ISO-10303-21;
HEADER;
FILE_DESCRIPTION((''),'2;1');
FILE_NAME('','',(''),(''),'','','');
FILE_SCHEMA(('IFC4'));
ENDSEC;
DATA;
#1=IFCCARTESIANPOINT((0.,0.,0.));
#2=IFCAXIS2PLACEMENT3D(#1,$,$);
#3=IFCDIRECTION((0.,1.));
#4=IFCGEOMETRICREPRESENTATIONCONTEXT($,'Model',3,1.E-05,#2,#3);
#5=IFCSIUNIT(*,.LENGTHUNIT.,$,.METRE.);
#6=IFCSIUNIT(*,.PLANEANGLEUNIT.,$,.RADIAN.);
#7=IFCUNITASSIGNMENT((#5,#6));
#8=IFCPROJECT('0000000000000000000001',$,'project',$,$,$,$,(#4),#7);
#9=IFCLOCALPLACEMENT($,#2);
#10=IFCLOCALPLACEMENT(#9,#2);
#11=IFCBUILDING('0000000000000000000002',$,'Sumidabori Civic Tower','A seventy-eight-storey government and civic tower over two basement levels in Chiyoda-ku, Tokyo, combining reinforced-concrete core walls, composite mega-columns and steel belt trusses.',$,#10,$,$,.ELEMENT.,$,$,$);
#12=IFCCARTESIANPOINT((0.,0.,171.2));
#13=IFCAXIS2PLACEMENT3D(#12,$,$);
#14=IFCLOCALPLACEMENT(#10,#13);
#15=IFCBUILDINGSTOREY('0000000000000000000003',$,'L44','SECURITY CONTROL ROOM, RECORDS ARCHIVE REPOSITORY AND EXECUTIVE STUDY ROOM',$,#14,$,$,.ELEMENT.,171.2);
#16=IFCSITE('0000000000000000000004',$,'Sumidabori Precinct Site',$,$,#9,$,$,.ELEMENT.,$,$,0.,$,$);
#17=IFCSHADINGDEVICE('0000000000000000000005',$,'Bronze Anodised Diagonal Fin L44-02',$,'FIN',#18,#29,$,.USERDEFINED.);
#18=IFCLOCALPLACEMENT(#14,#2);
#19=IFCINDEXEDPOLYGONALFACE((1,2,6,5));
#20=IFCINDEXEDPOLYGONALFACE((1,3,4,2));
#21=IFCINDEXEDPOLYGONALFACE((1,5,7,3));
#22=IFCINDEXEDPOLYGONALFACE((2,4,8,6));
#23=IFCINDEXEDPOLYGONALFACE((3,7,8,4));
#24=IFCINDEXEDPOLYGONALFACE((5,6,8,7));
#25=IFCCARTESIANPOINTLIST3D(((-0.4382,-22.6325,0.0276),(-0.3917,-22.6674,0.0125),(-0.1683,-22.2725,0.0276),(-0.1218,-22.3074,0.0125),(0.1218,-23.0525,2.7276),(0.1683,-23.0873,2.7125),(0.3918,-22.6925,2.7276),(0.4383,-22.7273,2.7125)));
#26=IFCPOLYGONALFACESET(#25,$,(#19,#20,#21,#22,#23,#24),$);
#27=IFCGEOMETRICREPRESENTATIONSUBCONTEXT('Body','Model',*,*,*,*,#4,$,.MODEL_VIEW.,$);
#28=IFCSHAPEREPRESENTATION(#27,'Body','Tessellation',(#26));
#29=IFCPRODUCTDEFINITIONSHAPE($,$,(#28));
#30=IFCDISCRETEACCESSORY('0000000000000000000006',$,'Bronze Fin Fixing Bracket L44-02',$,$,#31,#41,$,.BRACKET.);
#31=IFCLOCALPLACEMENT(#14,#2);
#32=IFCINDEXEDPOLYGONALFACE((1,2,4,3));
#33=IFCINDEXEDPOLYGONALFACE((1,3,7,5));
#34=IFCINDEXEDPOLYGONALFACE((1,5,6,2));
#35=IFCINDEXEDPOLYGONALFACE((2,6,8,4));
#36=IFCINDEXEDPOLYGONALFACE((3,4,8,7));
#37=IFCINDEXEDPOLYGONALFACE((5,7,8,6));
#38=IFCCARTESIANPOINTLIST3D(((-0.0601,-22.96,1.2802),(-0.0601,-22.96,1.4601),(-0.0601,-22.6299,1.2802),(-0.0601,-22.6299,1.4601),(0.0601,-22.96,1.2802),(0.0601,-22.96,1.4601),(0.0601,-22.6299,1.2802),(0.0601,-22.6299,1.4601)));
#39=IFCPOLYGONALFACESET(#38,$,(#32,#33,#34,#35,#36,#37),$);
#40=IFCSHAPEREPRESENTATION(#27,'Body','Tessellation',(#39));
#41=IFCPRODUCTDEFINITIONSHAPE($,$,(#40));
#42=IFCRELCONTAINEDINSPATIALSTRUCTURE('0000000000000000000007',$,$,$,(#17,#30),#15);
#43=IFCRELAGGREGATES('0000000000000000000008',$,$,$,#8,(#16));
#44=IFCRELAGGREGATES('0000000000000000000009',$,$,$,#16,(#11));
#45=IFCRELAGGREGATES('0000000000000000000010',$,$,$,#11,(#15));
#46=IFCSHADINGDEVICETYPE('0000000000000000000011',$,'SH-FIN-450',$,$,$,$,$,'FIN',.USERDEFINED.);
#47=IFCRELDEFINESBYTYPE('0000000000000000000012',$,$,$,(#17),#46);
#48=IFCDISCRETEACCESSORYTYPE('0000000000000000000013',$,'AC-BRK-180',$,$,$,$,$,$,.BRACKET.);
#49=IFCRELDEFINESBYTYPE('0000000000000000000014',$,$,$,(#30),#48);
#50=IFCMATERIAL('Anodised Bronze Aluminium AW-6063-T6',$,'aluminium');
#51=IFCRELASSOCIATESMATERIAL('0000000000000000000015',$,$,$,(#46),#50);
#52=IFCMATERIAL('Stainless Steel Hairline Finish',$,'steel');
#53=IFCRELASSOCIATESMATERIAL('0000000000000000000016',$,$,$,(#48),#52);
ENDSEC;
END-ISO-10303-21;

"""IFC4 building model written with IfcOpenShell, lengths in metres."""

from ifc_helpers import new_model, si_unit, direction, frame, origin, origin_2d, place, context, subcontext, project, spatial, rectangle, extrude, source, transform, mapped, material, material_profile, profile_set, type_object, element, save


model = new_model("IFC4")

# Units and contexts
model_context = context("Model", 3, precision=1e-05, world=origin(), true_north=direction((0.0, 1.0)))
body_context = subcontext(model_context, "Body", "Model", "MODEL_VIEW")
ifc_project = project(units=[si_unit("LENGTHUNIT", "METRE"), si_unit("PLANEANGLEUNIT", "RADIAN")], contexts=[model_context])

# Site, building, storey
site_placement = place(None, origin())
site = spatial("IfcSite", under=ifc_project, at=site_placement, Name="Sumidabori Precinct Site", CompositionType="ELEMENT", RefElevation=0.0)
building_placement = place(site_placement, origin())
building = spatial("IfcBuilding", under=site, at=building_placement, Name="Sumidabori Civic Tower", Description="A seventy-eight-storey government and civic tower over two basement levels in Chiyoda-ku, Tokyo, combining reinforced-concrete core walls, composite mega-columns and steel belt trusses.", CompositionType="ELEMENT")
storey_placement = place(building_placement, frame((0.0, 0.0, 171.2)))
storey = spatial("IfcBuildingStorey", under=building, at=storey_placement, Name="L44", Description="SECURITY CONTROL ROOM, RECORDS ARCHIVE REPOSITORY AND EXECUTIVE STUDY ROOM", CompositionType="ELEMENT", Elevation=171.2)

# Shared definitions
ifc_material_1 = material(Name="Anodised Bronze Aluminium AW-6063-T6", Category="aluminium")

# Shading device
ifc_material_profile_1 = material_profile(ifc_material_1, rectangle(XDim=0.0601, YDim=0.45, at=origin_2d()), Name="BRONZE FIN 450x60")
ifc_profile_set_1 = profile_set([ifc_material_profile_1], Name="Anodised Bronze Aluminium AW-6063-T6")
shading_device_type = type_object("IfcShadingDeviceType", Name="SH-FIN-450", ElementType="FIN", PredefinedType="USERDEFINED", material=ifc_profile_set_1)
shared_shape_1 = source(origin(), body_context, "Body", "SweptSolid", [
    extrude(rectangle(XDim=0.0601, YDim=0.45, at=origin_2d()), origin(), (0.0, 0.0, 1.0), 2.7893),
])
shading_device_placement = place(storey_placement, frame((-0.28, -22.47, 0.02), z_axis=(0.200794, -0.150552, 0.967996), x_axis=(0.774478, -0.580689, -0.250966)))
element("IfcShadingDevice", 1, at=shading_device_placement, inside=storey, type_object=shading_device_type, Name="Bronze Anodised Diagonal Fin L44-02", ObjectType="FIN", PredefinedType="USERDEFINED", context=body_context, shape_type="MappedRepresentation", body=[
    mapped(shared_shape_1, transform((0.0, 0.0, 0.0), x_axis=(1.0, 0.0, 0.0), y_axis=(0.0, 1.0, 0.0), z_axis=(0.0, 0.0, 1.0), scale=1.0)),
])

# Discrete accessory
ifc_material_2 = material(Name="Stainless Steel Hairline Finish", Category="steel")
ifc_material_profile_2 = material_profile(ifc_material_2, rectangle(XDim=0.1201, YDim=0.1799, at=origin_2d()), Name="STEEL BRACKET 180x120")
ifc_profile_set_2 = profile_set([ifc_material_profile_2], Name="Stainless Steel Hairline Finish")
discrete_accessory_type = type_object("IfcDiscreteAccessoryType", Name="AC-BRK-180", PredefinedType="BRACKET", material=ifc_profile_set_2)
shared_shape_2 = source(origin(), body_context, "Body", "SweptSolid", [
    extrude(rectangle(XDim=0.1201, YDim=0.1799, at=origin_2d()), origin(), (0.0, 0.0, 1.0), 0.3301),
])
discrete_accessory_placement = place(storey_placement, frame((0.0, -22.6299, 1.3701), z_axis=(0.0, -1.0, 0.0), x_axis=(1.0, 0.0, 0.0)))
element("IfcDiscreteAccessory", 2, at=discrete_accessory_placement, inside=storey, type_object=discrete_accessory_type, Name="Bronze Fin Fixing Bracket L44-02", PredefinedType="BRACKET", context=body_context, shape_type="MappedRepresentation", body=[
    mapped(shared_shape_2, transform((0.0, 0.0, 0.0), x_axis=(1.0, 0.0, 0.0), y_axis=(0.0, 1.0, 0.0), z_axis=(0.0, 0.0, 1.0), scale=1.0)),
])

save(model, "model.ifc")
